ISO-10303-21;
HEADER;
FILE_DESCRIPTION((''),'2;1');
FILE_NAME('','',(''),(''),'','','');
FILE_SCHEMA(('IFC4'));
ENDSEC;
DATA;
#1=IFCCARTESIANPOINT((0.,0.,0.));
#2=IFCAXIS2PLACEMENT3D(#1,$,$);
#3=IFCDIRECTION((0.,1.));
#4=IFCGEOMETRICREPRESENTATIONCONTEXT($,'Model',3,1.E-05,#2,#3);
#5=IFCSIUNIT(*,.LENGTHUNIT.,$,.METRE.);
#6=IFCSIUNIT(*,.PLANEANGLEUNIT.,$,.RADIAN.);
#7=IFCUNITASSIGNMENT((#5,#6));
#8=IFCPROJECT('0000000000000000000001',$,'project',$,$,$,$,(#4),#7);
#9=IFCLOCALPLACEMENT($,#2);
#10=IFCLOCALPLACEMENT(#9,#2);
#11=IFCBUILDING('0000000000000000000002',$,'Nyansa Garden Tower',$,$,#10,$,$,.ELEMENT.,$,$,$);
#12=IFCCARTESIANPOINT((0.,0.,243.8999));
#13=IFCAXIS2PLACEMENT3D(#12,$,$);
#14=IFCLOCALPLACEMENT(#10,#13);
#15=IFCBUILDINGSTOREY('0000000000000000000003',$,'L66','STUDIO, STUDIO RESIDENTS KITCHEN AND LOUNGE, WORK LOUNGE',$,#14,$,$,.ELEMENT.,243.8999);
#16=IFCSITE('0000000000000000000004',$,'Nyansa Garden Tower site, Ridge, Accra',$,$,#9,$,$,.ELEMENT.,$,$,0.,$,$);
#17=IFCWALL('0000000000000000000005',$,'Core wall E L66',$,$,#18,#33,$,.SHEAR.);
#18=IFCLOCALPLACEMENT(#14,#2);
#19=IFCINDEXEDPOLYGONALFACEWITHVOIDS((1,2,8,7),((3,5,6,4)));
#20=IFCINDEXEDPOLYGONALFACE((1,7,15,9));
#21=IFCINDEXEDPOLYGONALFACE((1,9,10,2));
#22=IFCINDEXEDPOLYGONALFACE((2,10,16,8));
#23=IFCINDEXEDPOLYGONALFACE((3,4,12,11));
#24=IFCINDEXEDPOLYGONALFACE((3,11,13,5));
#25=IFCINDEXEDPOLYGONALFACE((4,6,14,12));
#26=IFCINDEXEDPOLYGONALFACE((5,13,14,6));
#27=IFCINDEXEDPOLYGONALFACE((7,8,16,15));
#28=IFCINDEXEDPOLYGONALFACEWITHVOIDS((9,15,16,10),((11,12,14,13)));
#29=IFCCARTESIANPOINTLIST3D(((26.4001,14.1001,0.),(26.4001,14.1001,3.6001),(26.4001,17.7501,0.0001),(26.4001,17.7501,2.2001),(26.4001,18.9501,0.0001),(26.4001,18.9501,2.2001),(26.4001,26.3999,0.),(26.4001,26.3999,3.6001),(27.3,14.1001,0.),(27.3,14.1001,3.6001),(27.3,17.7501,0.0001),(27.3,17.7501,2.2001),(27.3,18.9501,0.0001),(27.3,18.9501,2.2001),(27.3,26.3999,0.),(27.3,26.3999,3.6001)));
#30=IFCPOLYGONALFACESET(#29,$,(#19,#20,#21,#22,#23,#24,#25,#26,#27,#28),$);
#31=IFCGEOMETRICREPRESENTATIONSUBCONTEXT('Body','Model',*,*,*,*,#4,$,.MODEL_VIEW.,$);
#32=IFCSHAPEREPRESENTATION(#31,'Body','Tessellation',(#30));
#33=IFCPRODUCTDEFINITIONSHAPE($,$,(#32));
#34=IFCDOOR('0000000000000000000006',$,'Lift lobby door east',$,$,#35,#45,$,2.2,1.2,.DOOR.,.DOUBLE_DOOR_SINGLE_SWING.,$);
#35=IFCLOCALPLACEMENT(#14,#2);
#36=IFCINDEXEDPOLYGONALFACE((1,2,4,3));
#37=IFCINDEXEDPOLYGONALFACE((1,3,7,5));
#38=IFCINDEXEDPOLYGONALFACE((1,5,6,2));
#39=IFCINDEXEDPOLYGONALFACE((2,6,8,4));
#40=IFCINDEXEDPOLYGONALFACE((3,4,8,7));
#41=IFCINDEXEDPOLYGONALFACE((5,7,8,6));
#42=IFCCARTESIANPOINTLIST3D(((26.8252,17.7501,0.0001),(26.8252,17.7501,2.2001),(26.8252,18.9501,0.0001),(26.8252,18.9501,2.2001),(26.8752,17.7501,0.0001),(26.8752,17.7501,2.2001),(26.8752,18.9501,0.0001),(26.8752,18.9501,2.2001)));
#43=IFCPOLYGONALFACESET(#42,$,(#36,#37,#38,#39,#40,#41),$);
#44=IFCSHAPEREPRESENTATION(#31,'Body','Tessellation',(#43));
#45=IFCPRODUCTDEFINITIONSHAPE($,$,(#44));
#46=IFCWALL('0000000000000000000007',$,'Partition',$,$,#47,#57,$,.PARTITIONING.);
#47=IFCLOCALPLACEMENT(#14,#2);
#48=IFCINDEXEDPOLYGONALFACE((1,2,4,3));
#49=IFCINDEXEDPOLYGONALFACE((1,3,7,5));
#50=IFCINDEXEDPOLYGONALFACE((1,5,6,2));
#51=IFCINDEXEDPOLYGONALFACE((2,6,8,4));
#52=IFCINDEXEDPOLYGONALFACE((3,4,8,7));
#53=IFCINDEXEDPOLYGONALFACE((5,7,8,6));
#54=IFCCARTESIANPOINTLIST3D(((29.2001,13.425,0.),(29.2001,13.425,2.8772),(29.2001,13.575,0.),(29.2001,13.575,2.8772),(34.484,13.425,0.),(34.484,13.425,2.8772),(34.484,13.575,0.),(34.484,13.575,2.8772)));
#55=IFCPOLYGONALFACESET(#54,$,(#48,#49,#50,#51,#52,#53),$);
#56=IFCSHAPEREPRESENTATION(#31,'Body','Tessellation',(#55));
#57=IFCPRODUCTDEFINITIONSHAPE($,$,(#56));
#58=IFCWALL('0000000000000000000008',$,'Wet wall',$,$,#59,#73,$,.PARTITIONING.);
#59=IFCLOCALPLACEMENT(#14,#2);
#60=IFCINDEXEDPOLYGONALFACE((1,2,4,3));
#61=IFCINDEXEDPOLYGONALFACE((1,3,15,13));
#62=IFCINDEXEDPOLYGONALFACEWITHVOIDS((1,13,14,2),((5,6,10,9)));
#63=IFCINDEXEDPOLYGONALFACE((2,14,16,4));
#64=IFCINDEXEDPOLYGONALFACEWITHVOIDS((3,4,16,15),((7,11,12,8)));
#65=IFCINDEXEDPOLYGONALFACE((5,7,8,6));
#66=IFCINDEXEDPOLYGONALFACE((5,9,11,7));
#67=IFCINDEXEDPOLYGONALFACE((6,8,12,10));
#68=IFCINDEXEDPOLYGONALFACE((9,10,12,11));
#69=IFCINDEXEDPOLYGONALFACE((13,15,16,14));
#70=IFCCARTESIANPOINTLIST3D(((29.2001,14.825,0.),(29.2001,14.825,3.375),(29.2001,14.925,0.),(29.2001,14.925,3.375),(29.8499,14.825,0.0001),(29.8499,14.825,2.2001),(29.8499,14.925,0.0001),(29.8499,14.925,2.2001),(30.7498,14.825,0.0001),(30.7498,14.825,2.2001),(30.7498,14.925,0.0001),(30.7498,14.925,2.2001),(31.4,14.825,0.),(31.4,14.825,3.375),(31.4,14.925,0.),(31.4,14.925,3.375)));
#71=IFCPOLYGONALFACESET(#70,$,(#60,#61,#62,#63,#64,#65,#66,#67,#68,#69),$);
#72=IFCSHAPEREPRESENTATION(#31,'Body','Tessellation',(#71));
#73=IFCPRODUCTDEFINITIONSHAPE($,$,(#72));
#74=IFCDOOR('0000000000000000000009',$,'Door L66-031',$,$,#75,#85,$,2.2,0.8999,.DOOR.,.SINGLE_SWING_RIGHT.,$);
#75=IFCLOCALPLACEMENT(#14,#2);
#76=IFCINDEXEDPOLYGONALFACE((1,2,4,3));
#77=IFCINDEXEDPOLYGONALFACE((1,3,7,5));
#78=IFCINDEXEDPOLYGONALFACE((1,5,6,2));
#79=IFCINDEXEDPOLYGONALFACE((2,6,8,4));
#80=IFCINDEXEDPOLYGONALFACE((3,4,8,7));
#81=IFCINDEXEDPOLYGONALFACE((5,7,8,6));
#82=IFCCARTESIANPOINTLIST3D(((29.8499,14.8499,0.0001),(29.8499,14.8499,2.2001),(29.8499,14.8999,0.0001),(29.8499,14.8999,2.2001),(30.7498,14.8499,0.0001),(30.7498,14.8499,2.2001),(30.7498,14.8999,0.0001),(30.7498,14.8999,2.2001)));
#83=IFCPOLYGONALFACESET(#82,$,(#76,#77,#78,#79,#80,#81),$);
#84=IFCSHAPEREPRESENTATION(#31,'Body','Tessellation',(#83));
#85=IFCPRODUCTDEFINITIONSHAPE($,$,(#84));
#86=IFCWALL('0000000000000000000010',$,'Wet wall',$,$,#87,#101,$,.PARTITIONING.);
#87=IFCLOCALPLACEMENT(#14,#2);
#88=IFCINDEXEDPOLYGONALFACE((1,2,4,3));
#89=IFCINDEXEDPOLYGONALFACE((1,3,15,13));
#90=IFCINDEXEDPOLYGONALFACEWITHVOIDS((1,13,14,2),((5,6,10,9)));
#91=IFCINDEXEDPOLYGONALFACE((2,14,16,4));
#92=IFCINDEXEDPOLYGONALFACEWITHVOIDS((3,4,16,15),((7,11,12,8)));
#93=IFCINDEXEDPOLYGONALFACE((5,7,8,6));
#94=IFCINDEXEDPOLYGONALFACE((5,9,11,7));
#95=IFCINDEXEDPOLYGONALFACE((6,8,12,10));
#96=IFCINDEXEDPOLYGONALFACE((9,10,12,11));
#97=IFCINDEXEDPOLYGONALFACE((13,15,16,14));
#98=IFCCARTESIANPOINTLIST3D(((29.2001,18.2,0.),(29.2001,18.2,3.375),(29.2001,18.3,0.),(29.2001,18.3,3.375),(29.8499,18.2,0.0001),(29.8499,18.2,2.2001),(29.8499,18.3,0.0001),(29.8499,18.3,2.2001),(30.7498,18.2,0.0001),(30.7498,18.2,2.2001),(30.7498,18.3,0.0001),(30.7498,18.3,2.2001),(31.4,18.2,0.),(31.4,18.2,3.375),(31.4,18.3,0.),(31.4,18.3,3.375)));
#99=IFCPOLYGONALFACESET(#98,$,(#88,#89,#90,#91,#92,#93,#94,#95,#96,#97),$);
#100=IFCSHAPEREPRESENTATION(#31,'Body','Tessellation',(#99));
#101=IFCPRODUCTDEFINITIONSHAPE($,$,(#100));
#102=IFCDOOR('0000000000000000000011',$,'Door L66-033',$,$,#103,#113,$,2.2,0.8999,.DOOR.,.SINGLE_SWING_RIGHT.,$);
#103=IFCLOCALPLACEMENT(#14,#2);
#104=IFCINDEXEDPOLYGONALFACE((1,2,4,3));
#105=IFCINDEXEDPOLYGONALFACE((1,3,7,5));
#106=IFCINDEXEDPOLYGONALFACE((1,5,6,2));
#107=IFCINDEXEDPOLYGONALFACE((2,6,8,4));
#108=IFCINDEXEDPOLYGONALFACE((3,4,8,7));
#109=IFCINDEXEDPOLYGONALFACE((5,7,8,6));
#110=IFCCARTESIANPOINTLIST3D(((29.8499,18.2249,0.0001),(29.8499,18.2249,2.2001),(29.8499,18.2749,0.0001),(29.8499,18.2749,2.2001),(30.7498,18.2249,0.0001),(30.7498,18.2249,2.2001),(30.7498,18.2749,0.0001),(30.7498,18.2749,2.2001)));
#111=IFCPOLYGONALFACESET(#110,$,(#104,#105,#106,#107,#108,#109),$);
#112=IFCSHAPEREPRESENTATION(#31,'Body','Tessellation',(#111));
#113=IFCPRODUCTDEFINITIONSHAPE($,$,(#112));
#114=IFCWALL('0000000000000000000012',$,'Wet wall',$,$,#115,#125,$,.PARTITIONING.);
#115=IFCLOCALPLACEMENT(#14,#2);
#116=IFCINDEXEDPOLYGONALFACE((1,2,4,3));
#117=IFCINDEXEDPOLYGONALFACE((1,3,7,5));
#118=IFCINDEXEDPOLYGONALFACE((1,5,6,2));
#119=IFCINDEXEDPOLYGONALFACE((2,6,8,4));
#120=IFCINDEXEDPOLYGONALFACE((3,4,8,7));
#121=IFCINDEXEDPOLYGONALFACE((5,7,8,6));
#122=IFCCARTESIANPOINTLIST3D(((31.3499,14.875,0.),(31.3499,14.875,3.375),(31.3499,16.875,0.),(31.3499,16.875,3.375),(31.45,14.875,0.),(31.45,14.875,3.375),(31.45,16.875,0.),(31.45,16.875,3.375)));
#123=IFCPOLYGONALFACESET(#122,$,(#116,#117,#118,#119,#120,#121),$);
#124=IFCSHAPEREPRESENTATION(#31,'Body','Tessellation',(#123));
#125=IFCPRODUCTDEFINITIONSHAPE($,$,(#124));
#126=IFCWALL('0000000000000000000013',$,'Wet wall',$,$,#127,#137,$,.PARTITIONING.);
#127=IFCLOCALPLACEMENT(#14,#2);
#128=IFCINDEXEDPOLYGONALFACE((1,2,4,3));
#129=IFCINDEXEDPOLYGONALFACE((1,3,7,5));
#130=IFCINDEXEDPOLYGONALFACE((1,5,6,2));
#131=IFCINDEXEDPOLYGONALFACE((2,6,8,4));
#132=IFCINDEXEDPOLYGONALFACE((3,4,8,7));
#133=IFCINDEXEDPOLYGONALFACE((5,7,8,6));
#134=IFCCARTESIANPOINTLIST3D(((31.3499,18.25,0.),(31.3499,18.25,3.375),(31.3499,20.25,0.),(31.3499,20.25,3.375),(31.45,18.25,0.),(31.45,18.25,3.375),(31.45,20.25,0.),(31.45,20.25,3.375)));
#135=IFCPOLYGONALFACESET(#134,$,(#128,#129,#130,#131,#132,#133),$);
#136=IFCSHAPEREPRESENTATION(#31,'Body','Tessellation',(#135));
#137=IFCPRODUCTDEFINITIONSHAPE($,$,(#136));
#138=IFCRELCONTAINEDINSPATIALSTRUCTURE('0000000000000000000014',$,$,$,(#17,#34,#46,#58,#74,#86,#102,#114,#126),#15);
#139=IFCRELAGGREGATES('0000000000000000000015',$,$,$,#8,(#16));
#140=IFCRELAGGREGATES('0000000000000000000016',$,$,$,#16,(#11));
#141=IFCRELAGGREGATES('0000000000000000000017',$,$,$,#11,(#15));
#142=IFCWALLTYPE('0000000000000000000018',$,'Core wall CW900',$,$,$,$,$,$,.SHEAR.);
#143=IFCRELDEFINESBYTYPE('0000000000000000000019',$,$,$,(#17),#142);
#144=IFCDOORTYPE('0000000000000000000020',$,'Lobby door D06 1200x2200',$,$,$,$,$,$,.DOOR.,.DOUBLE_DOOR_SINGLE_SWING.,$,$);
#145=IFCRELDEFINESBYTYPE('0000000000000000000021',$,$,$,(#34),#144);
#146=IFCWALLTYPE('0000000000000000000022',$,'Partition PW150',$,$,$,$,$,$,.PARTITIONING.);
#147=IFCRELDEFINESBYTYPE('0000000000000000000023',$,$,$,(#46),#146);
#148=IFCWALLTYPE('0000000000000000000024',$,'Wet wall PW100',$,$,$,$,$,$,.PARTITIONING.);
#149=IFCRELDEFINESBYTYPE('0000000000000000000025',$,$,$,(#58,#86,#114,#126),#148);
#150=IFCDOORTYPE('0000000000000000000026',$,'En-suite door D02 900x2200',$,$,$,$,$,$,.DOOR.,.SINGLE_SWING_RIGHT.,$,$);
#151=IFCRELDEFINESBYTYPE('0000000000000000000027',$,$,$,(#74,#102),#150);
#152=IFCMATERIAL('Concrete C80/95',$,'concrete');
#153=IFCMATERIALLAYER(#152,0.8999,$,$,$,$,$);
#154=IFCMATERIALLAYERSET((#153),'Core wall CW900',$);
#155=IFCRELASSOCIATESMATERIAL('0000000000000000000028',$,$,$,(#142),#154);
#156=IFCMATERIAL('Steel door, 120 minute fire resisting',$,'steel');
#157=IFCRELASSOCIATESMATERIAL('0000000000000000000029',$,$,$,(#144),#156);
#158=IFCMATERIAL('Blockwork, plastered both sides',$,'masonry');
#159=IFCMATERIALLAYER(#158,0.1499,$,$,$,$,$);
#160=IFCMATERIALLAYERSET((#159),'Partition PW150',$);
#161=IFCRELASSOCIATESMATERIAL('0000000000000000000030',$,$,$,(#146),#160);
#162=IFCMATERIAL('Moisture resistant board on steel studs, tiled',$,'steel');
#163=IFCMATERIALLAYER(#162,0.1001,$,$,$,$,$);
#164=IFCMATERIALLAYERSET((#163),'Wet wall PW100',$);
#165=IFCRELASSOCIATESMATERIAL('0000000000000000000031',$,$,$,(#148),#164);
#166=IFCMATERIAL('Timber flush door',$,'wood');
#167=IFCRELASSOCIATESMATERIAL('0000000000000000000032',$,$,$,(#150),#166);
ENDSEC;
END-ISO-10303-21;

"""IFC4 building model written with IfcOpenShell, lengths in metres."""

from ifc_helpers import new_model, si_unit, direction, frame, frame_2d, origin, place, context, subcontext, project, spatial, rectangle, extrude, material, layer, layer_set, type_object, element, fill, save


model = new_model("IFC4")

# Units and contexts
model_context = context("Model", 3, precision=1e-05, world=origin(), true_north=direction((0.0, 1.0)))
body_context = subcontext(model_context, "Body", "Model", "MODEL_VIEW")
ifc_project = project(units=[si_unit("LENGTHUNIT", "METRE"), si_unit("PLANEANGLEUNIT", "RADIAN")], contexts=[model_context])

# Site, building, storey
site_placement = place(None, origin())
site = spatial("IfcSite", under=ifc_project, at=site_placement, Name="Nyansa Garden Tower site, Ridge, Accra", CompositionType="ELEMENT", RefElevation=0.0)
building_placement = place(site_placement, origin())
building = spatial("IfcBuilding", under=site, at=building_placement, Name="Nyansa Garden Tower", CompositionType="ELEMENT")
storey_placement = place(building_placement, frame((0.0, 0.0, 243.8999)))
storey = spatial("IfcBuildingStorey", under=building, at=storey_placement, Name="L66", Description="STUDIO, STUDIO RESIDENTS KITCHEN AND LOUNGE, WORK LOUNGE", CompositionType="ELEMENT", Elevation=243.8999)

# Wall, opening, door
ifc_material_1 = material(Name="Concrete C80/95", Category="concrete")
ifc_layer_1 = layer(ifc_material_1, 0.8999)
ifc_layer_set_1 = layer_set([ifc_layer_1], Name="Core wall CW900")
wall_type_1 = type_object("IfcWallType", Name="Core wall CW900", PredefinedType="SHEAR", material=ifc_layer_set_1)
wall_1_placement = place(storey_placement, frame((26.8501, 14.1001, 0.0), z_axis=(0.0, 0.0, 1.0), x_axis=(0.0, 1.0, 0.0)))
wall_1 = element("IfcWall", 1, at=wall_1_placement, inside=storey, type_object=wall_type_1, Name="Core wall E L66", PredefinedType="SHEAR", context=body_context, shape_type="SweptSolid", body=[
    extrude(rectangle(XDim=12.2998, YDim=0.8999, at=frame_2d((6.1499, 0.0))), origin(), (0.0, 0.0, 1.0), 3.6001),
])
opening_1_placement = place(wall_1_placement, frame((3.6499, 0.0, 0.0)))
opening_1 = element("IfcOpeningElement", 2, at=opening_1_placement, cuts=wall_1, PredefinedType="OPENING", context=body_context, shape_type="SweptSolid", body=[
    extrude(rectangle(XDim=1.2, YDim=2.2, at=frame_2d((0.6001, 1.1001))), frame((0.0, 0.46, 0.0), z_axis=(0.0, -1.0, 0.0), x_axis=(1.0, 0.0, 0.0)), (0.0, 0.0, 1.0), 0.9199),
])
ifc_material_2 = material(Name="Steel door, 120 minute fire resisting", Category="steel")
door_type_1 = type_object("IfcDoorType", Name="Lobby door D06 1200x2200", OperationType="DOUBLE_DOOR_SINGLE_SWING", PredefinedType="DOOR", material=ifc_material_2)
door_1_placement = place(opening_1_placement, origin())
door_1 = element("IfcDoor", 3, at=door_1_placement, inside=storey, type_object=door_type_1, Name="Lift lobby door east", OperationType="DOUBLE_DOOR_SINGLE_SWING", OverallHeight=2.2, OverallWidth=1.2, PredefinedType="DOOR", context=body_context, shape_type="SweptSolid", body=[
    extrude(rectangle(XDim=1.2, YDim=2.2, at=frame_2d((0.6001, 1.1001))), frame((0.0, 0.0249, 0.0), z_axis=(0.0, -1.0, 0.0), x_axis=(1.0, 0.0, 0.0)), (0.0, 0.0, 1.0), 0.05),
])
fill(opening_1, door_1)

# Wall
ifc_material_3 = material(Name="Blockwork, plastered both sides", Category="masonry")
ifc_layer_2 = layer(ifc_material_3, 0.1499)
ifc_layer_set_2 = layer_set([ifc_layer_2], Name="Partition PW150")
wall_type_2 = type_object("IfcWallType", Name="Partition PW150", PredefinedType="PARTITIONING", material=ifc_layer_set_2)
wall_2_placement = place(storey_placement, frame((29.2, 13.5, 0.0), z_axis=(0.0, 0.0, 1.0), x_axis=(1.0, 0.0, 0.0)))
element("IfcWall", 4, at=wall_2_placement, inside=storey, type_object=wall_type_2, Name="Partition", PredefinedType="PARTITIONING", context=body_context, shape_type="SweptSolid", body=[
    extrude(rectangle(XDim=5.2839, YDim=0.1499, at=frame_2d((2.6421, 0.0))), origin(), (0.0, 0.0, 1.0), 2.8772),
])

# Walls, openings, doors
ifc_material_4 = material(Name="Moisture resistant board on steel studs, tiled", Category="steel")
ifc_layer_3 = layer(ifc_material_4, 0.1001)
ifc_layer_set_3 = layer_set([ifc_layer_3], Name="Wet wall PW100")
wall_type_3 = type_object("IfcWallType", Name="Wet wall PW100", PredefinedType="PARTITIONING", material=ifc_layer_set_3)
wall_3_placement = place(storey_placement, frame((29.2, 14.875, 0.0), z_axis=(0.0, 0.0, 1.0), x_axis=(1.0, 0.0, 0.0)))
wall_3 = element("IfcWall", 5, at=wall_3_placement, inside=storey, type_object=wall_type_3, Name="Wet wall", PredefinedType="PARTITIONING", context=body_context, shape_type="SweptSolid", body=[
    extrude(rectangle(XDim=2.2, YDim=0.1001, at=frame_2d((1.1001, 0.0))), origin(), (0.0, 0.0, 1.0), 3.375),
])
opening_2_placement = place(wall_3_placement, frame((0.6499, 0.0, 0.0)))
opening_2 = element("IfcOpeningElement", 6, at=opening_2_placement, cuts=wall_3, PredefinedType="OPENING", context=body_context, shape_type="SweptSolid", body=[
    extrude(rectangle(XDim=0.8999, YDim=2.2, at=frame_2d((0.45, 1.1001))), frame((0.0, 0.0601, 0.0), z_axis=(0.0, -1.0, 0.0), x_axis=(1.0, 0.0, 0.0)), (0.0, 0.0, 1.0), 0.1201),
])
ifc_material_5 = material(Name="Timber flush door", Category="wood")
door_type_2 = type_object("IfcDoorType", Name="En-suite door D02 900x2200", OperationType="SINGLE_SWING_RIGHT", PredefinedType="DOOR", material=ifc_material_5)
door_2_placement = place(opening_2_placement, origin())
door_2 = element("IfcDoor", 7, at=door_2_placement, inside=storey, type_object=door_type_2, Name="Door L66-031", OperationType="SINGLE_SWING_RIGHT", OverallHeight=2.2, OverallWidth=0.8999, PredefinedType="DOOR", context=body_context, shape_type="SweptSolid", body=[
    extrude(rectangle(XDim=0.8999, YDim=2.2, at=frame_2d((0.45, 1.1001))), frame((0.0, 0.0249, 0.0), z_axis=(0.0, -1.0, 0.0), x_axis=(1.0, 0.0, 0.0)), (0.0, 0.0, 1.0), 0.05),
])
fill(opening_2, door_2)
wall_4_placement = place(storey_placement, frame((29.2, 18.25, 0.0), z_axis=(0.0, 0.0, 1.0), x_axis=(1.0, 0.0, 0.0)))
wall_4 = element("IfcWall", 8, at=wall_4_placement, inside=storey, type_object=wall_type_3, Name="Wet wall", PredefinedType="PARTITIONING", context=body_context, shape_type="SweptSolid", body=[
    extrude(rectangle(XDim=2.2, YDim=0.1001, at=frame_2d((1.1001, 0.0))), origin(), (0.0, 0.0, 1.0), 3.375),
])
opening_3_placement = place(wall_4_placement, frame((0.6499, 0.0, 0.0)))
opening_3 = element("IfcOpeningElement", 9, at=opening_3_placement, cuts=wall_4, PredefinedType="OPENING", context=body_context, shape_type="SweptSolid", body=[
    extrude(rectangle(XDim=0.8999, YDim=2.2, at=frame_2d((0.45, 1.1001))), frame((0.0, 0.0601, 0.0), z_axis=(0.0, -1.0, 0.0), x_axis=(1.0, 0.0, 0.0)), (0.0, 0.0, 1.0), 0.1201),
])
door_3_placement = place(opening_3_placement, origin())
door_3 = element("IfcDoor", 10, at=door_3_placement, inside=storey, type_object=door_type_2, Name="Door L66-033", OperationType="SINGLE_SWING_RIGHT", OverallHeight=2.2, OverallWidth=0.8999, PredefinedType="DOOR", context=body_context, shape_type="SweptSolid", body=[
    extrude(rectangle(XDim=0.8999, YDim=2.2, at=frame_2d((0.45, 1.1001))), frame((0.0, 0.0249, 0.0), z_axis=(0.0, -1.0, 0.0), x_axis=(1.0, 0.0, 0.0)), (0.0, 0.0, 1.0), 0.05),
])
fill(opening_3, door_3)

# Walls
for number, where, z_axis, x_axis, name in (
    (11, (31.3999, 14.875, 0.0), (0.0, 0.0, 1.0), (0.0, 1.0, 0.0), "Wet wall"),
    (12, (31.3999, 18.25, 0.0), (0.0, 0.0, 1.0), (0.0, 1.0, 0.0), "Wet wall"),
):
    element("IfcWall", number, at=place(storey_placement, frame(where, z_axis=z_axis, x_axis=x_axis)), inside=storey, type_object=wall_type_3, Name=name, PredefinedType="PARTITIONING", context=body_context, shape_type="SweptSolid", body=[
        extrude(rectangle(XDim=2.0, YDim=0.1001, at=frame_2d((1.0, 0.0))), origin(), (0.0, 0.0, 1.0), 3.375),
    ])

save(model, "model.ifc")
